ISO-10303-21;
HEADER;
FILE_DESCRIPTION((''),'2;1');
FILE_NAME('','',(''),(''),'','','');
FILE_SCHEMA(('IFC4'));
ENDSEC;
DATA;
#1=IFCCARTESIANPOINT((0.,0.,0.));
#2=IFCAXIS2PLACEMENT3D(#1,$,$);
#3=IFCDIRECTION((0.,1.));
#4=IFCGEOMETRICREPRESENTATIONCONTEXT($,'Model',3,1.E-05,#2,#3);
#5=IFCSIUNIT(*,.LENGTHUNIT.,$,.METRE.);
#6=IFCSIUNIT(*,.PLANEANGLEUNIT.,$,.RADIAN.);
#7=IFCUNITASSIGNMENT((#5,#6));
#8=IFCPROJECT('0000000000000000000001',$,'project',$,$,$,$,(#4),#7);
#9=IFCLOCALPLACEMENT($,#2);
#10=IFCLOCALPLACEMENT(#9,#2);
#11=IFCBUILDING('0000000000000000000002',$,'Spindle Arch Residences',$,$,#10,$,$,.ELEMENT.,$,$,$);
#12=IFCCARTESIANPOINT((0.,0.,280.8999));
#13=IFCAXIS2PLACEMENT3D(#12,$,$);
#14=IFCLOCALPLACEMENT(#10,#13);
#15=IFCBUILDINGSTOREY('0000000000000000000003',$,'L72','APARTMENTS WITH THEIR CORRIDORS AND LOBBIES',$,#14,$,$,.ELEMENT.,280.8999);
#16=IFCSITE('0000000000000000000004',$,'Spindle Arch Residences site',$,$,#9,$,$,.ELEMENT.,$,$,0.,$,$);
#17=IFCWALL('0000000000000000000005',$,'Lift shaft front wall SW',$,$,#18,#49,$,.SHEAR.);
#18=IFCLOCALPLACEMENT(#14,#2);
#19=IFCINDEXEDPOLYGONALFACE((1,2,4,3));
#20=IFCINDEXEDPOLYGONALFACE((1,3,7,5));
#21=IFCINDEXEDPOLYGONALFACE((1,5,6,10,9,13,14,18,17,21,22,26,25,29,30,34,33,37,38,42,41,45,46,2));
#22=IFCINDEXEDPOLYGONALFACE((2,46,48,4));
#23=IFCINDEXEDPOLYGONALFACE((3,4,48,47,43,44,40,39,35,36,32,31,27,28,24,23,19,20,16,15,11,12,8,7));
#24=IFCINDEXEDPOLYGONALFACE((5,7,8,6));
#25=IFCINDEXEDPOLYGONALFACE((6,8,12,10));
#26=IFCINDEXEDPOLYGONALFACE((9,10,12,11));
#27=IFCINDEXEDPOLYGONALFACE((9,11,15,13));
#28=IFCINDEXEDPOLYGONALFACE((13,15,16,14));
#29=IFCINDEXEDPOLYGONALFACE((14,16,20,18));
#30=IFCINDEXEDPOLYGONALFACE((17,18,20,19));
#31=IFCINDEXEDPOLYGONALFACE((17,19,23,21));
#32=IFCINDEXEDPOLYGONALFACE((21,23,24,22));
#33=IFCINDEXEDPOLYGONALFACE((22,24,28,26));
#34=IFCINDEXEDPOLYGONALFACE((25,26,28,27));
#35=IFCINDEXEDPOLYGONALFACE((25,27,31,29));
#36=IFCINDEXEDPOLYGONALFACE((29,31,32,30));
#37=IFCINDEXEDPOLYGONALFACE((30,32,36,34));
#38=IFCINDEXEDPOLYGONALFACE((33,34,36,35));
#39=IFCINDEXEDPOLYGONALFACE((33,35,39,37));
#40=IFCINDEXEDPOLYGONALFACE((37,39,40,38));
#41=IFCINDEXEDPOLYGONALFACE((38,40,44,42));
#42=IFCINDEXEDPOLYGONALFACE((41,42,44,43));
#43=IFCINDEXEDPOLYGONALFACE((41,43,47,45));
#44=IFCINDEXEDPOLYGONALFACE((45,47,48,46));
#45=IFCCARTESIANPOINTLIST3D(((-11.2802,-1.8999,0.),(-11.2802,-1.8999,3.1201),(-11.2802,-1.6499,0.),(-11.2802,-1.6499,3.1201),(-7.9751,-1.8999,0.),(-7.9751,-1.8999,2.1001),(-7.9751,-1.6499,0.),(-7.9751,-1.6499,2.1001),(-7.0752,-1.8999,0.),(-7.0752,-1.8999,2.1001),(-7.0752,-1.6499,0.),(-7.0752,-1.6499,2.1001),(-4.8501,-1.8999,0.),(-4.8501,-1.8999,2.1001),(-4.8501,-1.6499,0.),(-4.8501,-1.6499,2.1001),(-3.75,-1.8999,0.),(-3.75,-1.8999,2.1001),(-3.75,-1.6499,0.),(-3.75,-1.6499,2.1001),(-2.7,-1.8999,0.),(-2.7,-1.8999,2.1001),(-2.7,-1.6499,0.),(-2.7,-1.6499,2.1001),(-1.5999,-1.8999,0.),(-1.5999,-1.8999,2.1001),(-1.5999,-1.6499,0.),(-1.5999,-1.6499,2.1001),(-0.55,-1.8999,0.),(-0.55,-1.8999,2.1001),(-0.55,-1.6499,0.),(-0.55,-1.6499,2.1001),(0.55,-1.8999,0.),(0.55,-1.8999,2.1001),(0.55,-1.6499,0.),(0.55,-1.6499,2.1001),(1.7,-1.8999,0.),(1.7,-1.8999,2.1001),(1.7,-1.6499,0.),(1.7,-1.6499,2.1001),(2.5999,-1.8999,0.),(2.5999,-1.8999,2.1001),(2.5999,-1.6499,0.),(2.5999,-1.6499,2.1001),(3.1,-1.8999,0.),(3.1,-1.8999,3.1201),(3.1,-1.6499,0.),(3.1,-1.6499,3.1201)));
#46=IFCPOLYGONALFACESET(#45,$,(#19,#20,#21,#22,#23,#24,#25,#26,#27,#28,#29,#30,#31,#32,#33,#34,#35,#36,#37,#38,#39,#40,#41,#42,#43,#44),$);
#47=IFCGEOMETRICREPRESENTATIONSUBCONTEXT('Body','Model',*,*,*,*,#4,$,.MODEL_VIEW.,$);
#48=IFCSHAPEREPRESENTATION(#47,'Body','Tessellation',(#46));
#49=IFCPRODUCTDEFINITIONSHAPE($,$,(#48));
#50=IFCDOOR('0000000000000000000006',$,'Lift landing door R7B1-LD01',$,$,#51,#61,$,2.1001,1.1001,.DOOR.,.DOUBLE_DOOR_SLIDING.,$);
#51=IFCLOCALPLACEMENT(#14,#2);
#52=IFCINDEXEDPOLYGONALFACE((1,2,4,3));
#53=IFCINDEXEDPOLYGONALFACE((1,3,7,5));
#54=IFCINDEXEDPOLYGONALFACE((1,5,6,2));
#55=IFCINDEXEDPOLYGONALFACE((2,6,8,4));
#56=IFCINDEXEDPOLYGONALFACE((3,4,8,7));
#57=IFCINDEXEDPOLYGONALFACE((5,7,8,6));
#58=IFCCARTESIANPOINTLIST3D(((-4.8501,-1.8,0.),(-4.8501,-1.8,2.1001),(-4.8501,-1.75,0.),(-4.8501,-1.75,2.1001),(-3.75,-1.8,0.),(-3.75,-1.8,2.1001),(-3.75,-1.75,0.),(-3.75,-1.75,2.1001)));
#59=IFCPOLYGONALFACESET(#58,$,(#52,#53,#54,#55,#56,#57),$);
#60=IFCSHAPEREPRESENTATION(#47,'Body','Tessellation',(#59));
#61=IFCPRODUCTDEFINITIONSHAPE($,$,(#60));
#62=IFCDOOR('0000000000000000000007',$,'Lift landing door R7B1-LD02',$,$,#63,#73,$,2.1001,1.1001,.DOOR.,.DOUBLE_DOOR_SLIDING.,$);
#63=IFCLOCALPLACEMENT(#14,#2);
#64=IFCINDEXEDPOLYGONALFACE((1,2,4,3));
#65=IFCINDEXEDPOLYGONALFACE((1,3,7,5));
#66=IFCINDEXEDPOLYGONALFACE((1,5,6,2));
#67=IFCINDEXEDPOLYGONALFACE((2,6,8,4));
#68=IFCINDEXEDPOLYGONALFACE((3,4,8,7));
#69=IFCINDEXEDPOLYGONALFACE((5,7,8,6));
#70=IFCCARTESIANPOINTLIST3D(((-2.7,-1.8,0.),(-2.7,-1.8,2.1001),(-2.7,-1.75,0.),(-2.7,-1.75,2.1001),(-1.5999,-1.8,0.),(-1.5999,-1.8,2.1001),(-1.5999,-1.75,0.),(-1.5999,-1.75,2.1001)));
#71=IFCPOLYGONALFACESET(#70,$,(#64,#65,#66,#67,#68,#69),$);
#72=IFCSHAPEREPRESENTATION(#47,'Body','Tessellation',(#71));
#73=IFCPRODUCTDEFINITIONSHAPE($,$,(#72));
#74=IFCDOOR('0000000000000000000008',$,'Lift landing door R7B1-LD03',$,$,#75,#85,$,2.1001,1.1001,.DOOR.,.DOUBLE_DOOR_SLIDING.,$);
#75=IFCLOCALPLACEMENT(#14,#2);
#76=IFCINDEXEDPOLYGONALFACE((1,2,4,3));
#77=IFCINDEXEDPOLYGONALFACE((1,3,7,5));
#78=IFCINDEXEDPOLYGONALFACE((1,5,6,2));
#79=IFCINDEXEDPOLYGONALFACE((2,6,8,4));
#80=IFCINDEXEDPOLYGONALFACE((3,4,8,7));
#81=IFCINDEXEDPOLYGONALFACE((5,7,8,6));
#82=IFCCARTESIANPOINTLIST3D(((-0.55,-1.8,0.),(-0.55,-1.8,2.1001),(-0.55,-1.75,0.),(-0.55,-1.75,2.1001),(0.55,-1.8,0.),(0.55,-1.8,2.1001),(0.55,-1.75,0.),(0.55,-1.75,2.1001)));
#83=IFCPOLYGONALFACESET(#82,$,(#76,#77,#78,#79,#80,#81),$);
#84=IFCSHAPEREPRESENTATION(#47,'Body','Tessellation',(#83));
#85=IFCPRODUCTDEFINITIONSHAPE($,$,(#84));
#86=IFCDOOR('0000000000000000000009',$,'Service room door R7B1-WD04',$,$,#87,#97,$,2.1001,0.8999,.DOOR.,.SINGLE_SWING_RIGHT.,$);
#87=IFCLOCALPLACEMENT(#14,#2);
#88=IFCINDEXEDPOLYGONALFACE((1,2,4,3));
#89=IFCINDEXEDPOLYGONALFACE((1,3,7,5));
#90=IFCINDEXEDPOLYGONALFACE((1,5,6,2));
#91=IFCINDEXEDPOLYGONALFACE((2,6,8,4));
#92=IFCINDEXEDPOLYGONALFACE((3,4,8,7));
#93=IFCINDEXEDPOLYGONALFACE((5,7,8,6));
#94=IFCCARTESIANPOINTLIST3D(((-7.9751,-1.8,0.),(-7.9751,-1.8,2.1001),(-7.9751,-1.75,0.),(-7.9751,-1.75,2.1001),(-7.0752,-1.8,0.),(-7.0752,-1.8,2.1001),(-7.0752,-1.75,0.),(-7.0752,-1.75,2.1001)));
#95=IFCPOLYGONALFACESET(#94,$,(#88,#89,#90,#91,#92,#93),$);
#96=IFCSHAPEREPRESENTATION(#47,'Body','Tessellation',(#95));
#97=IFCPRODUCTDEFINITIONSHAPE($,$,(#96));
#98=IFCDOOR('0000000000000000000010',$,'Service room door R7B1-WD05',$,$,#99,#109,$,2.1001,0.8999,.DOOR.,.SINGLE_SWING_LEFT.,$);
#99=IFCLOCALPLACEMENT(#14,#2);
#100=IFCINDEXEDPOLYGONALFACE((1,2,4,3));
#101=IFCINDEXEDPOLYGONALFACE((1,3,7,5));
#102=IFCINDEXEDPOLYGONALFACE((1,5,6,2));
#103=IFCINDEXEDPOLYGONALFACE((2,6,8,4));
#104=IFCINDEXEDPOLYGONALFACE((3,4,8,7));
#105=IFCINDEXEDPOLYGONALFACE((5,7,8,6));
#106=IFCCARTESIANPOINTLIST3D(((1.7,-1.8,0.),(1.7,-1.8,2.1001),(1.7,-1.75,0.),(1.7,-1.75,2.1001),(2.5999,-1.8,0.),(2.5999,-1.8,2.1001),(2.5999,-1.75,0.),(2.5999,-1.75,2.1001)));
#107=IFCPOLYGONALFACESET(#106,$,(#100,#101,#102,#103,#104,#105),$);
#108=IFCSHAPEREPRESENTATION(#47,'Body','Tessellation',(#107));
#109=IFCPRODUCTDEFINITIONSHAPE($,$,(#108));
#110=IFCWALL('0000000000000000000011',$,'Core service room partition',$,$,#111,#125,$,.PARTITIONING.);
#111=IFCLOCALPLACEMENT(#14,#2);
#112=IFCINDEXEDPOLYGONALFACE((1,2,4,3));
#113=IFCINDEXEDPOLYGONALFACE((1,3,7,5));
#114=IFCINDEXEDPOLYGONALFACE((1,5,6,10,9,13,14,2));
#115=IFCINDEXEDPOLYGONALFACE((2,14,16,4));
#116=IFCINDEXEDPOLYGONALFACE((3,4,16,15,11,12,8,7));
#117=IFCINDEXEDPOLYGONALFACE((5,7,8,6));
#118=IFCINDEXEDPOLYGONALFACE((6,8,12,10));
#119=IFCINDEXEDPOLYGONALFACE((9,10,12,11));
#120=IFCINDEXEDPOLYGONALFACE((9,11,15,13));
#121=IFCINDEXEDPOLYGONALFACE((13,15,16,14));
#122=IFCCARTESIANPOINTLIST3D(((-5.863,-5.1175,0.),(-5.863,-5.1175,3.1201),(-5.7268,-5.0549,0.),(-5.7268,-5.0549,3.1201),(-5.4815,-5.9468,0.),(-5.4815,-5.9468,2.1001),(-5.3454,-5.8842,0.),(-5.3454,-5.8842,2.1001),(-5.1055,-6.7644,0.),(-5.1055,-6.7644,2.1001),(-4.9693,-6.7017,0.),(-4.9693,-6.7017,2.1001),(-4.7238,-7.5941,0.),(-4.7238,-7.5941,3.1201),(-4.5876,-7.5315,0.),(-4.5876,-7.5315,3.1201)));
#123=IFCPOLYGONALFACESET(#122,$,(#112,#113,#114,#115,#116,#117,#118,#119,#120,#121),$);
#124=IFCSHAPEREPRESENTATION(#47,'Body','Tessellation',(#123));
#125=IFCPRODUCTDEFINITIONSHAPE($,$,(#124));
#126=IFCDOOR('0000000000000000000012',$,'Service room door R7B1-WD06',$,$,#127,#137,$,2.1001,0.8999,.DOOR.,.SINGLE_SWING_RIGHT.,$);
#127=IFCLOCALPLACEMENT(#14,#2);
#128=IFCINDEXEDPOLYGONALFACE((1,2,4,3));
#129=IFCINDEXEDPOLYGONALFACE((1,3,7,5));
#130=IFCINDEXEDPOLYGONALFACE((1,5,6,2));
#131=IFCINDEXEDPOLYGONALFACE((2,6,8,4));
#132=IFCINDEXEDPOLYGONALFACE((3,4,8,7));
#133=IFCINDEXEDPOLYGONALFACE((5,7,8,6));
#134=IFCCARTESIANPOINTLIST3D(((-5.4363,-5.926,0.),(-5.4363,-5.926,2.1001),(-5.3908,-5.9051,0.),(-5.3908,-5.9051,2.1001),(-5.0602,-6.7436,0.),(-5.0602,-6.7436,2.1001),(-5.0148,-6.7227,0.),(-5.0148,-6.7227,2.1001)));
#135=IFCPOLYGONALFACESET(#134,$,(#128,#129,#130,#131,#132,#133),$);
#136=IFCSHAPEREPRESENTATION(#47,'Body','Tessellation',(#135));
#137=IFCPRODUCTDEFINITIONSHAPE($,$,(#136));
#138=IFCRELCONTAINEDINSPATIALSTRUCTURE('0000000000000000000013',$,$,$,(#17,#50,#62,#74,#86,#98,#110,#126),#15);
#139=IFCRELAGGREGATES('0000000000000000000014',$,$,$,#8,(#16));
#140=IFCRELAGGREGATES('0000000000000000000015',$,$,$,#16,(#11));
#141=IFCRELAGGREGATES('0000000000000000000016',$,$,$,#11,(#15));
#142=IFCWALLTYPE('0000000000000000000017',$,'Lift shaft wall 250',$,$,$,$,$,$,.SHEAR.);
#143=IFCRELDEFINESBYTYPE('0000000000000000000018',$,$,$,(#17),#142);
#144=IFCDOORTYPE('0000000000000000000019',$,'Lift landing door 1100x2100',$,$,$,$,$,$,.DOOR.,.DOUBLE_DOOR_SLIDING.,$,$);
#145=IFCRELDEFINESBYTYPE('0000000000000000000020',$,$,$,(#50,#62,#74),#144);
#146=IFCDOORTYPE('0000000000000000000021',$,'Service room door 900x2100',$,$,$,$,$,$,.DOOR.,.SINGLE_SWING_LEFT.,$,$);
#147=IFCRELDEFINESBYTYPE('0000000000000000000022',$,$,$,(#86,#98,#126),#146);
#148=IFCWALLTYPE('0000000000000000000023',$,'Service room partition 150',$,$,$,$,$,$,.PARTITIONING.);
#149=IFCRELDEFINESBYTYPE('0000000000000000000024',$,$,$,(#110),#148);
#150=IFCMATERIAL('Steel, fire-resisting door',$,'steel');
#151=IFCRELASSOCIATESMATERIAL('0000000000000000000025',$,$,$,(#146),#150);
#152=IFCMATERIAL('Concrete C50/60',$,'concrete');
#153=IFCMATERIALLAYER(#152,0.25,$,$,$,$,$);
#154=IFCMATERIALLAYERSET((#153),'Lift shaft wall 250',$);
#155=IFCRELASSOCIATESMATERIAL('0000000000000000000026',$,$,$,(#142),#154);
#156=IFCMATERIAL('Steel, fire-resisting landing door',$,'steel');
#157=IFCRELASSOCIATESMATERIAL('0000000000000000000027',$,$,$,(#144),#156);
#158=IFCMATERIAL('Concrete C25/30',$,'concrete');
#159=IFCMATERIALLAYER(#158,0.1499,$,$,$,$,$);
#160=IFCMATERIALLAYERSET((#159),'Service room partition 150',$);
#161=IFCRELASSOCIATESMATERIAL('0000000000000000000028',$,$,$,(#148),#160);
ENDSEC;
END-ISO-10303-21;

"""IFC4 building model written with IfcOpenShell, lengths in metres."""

from ifc_helpers import new_model, si_unit, direction, frame, frame_2d, origin, place, context, subcontext, project, spatial, rectangle, extrude, material, layer, layer_set, type_object, element, fill, save


model = new_model("IFC4")

# Units and contexts
model_context = context("Model", 3, precision=1e-05, world=origin(), true_north=direction((0.0, 1.0)))
body_context = subcontext(model_context, "Body", "Model", "MODEL_VIEW")
ifc_project = project(units=[si_unit("LENGTHUNIT", "METRE"), si_unit("PLANEANGLEUNIT", "RADIAN")], contexts=[model_context])

# Site, building, storey
site_placement = place(None, origin())
site = spatial("IfcSite", under=ifc_project, at=site_placement, Name="Spindle Arch Residences site", CompositionType="ELEMENT", RefElevation=0.0)
building_placement = place(site_placement, origin())
building = spatial("IfcBuilding", under=site, at=building_placement, Name="Spindle Arch Residences", CompositionType="ELEMENT")
storey_placement = place(building_placement, frame((0.0, 0.0, 280.8999)))
storey = spatial("IfcBuildingStorey", under=building, at=storey_placement, Name="L72", Description="APARTMENTS WITH THEIR CORRIDORS AND LOBBIES", CompositionType="ELEMENT", Elevation=280.8999)

# Shared definitions
ifc_material_1 = material(Name="Steel, fire-resisting door", Category="steel")
door_type_1 = type_object("IfcDoorType", Name="Service room door 900x2100", OperationType="SINGLE_SWING_LEFT", PredefinedType="DOOR", material=ifc_material_1)

# Wall, openings, doors
ifc_material_2 = material(Name="Concrete C50/60", Category="concrete")
ifc_layer_1 = layer(ifc_material_2, 0.25)
ifc_layer_set_1 = layer_set([ifc_layer_1], Name="Lift shaft wall 250")
wall_type_1 = type_object("IfcWallType", Name="Lift shaft wall 250", PredefinedType="SHEAR", material=ifc_layer_set_1)
wall_1_placement = place(storey_placement, frame((-11.28, -1.7749, 0.0), z_axis=(0.0, 0.0, 1.0), x_axis=(1.0, 0.0, 0.0)))
wall_1 = element("IfcWall", 1, at=wall_1_placement, inside=storey, type_object=wall_type_1, Name="Lift shaft front wall SW", PredefinedType="SHEAR", context=body_context, shape_type="SweptSolid", body=[
    extrude(rectangle(XDim=14.3801, YDim=0.25, at=frame_2d((7.1899, 0.0))), origin(), (0.0, 0.0, 1.0), 3.1201),
])
opening_1_placement = place(wall_1_placement, frame((6.4299, 0.0, 0.0)))
opening_1 = element("IfcOpeningElement", 2, at=opening_1_placement, cuts=wall_1, PredefinedType="OPENING", context=body_context, shape_type="SweptSolid", body=[
    extrude(rectangle(XDim=1.1001, YDim=2.1001, at=frame_2d((0.55, 1.05))), frame((0.0, 0.135, 0.0), z_axis=(0.0, -1.0, 0.0), x_axis=(1.0, 0.0, 0.0)), (0.0, 0.0, 1.0), 0.27),
])
opening_2_placement = place(wall_1_placement, frame((8.5801, 0.0, 0.0)))
opening_2 = element("IfcOpeningElement", 3, at=opening_2_placement, cuts=wall_1, PredefinedType="OPENING", context=body_context, shape_type="SweptSolid", body=[
    extrude(rectangle(XDim=1.1001, YDim=2.1001, at=frame_2d((0.55, 1.05))), frame((0.0, 0.135, 0.0), z_axis=(0.0, -1.0, 0.0), x_axis=(1.0, 0.0, 0.0)), (0.0, 0.0, 1.0), 0.27),
])
opening_3_placement = place(wall_1_placement, frame((10.73, 0.0, 0.0)))
opening_3 = element("IfcOpeningElement", 4, at=opening_3_placement, cuts=wall_1, PredefinedType="OPENING", context=body_context, shape_type="SweptSolid", body=[
    extrude(rectangle(XDim=1.1001, YDim=2.1001, at=frame_2d((0.55, 1.05))), frame((0.0, 0.135, 0.0), z_axis=(0.0, -1.0, 0.0), x_axis=(1.0, 0.0, 0.0)), (0.0, 0.0, 1.0), 0.27),
])
opening_4_placement = place(wall_1_placement, frame((3.3049, 0.0, 0.0)))
opening_4 = element("IfcOpeningElement", 5, at=opening_4_placement, cuts=wall_1, PredefinedType="OPENING", context=body_context, shape_type="SweptSolid", body=[
    extrude(rectangle(XDim=0.8999, YDim=2.1001, at=frame_2d((0.45, 1.05))), frame((0.0, 0.135, 0.0), z_axis=(0.0, -1.0, 0.0), x_axis=(1.0, 0.0, 0.0)), (0.0, 0.0, 1.0), 0.27),
])
opening_5_placement = place(wall_1_placement, frame((12.98, 0.0, 0.0)))
opening_5 = element("IfcOpeningElement", 6, at=opening_5_placement, cuts=wall_1, PredefinedType="OPENING", context=body_context, shape_type="SweptSolid", body=[
    extrude(rectangle(XDim=0.8999, YDim=2.1001, at=frame_2d((0.45, 1.05))), frame((0.0, 0.135, 0.0), z_axis=(0.0, -1.0, 0.0), x_axis=(1.0, 0.0, 0.0)), (0.0, 0.0, 1.0), 0.27),
])
ifc_material_3 = material(Name="Steel, fire-resisting landing door", Category="steel")
door_type_2 = type_object("IfcDoorType", Name="Lift landing door 1100x2100", OperationType="DOUBLE_DOOR_SLIDING", PredefinedType="DOOR", material=ifc_material_3)
door_1_placement = place(opening_1_placement, origin())
door_1 = element("IfcDoor", 7, at=door_1_placement, inside=storey, type_object=door_type_2, Name="Lift landing door R7B1-LD01", OperationType="DOUBLE_DOOR_SLIDING", OverallHeight=2.1001, OverallWidth=1.1001, PredefinedType="DOOR", context=body_context, shape_type="SweptSolid", body=[
    extrude(rectangle(XDim=1.1001, YDim=2.1001, at=frame_2d((0.55, 1.05))), frame((0.0, 0.0249, 0.0), z_axis=(0.0, -1.0, 0.0), x_axis=(1.0, 0.0, 0.0)), (0.0, 0.0, 1.0), 0.05),
])
fill(opening_1, door_1)
door_2_placement = place(opening_2_placement, origin())
door_2 = element("IfcDoor", 8, at=door_2_placement, inside=storey, type_object=door_type_2, Name="Lift landing door R7B1-LD02", OperationType="DOUBLE_DOOR_SLIDING", OverallHeight=2.1001, OverallWidth=1.1001, PredefinedType="DOOR", context=body_context, shape_type="SweptSolid", body=[
    extrude(rectangle(XDim=1.1001, YDim=2.1001, at=frame_2d((0.55, 1.05))), frame((0.0, 0.0249, 0.0), z_axis=(0.0, -1.0, 0.0), x_axis=(1.0, 0.0, 0.0)), (0.0, 0.0, 1.0), 0.05),
])
fill(opening_2, door_2)
door_3_placement = place(opening_3_placement, origin())
door_3 = element("IfcDoor", 9, at=door_3_placement, inside=storey, type_object=door_type_2, Name="Lift landing door R7B1-LD03", OperationType="DOUBLE_DOOR_SLIDING", OverallHeight=2.1001, OverallWidth=1.1001, PredefinedType="DOOR", context=body_context, shape_type="SweptSolid", body=[
    extrude(rectangle(XDim=1.1001, YDim=2.1001, at=frame_2d((0.55, 1.05))), frame((0.0, 0.0249, 0.0), z_axis=(0.0, -1.0, 0.0), x_axis=(1.0, 0.0, 0.0)), (0.0, 0.0, 1.0), 0.05),
])
fill(opening_3, door_3)
door_4_placement = place(opening_4_placement, origin())
door_4 = element("IfcDoor", 10, at=door_4_placement, inside=storey, type_object=door_type_1, Name="Service room door R7B1-WD04", OperationType="SINGLE_SWING_RIGHT", OverallHeight=2.1001, OverallWidth=0.8999, PredefinedType="DOOR", context=body_context, shape_type="SweptSolid", body=[
    extrude(rectangle(XDim=0.8999, YDim=2.1001, at=frame_2d((0.45, 1.05))), frame((0.0, 0.0249, 0.0), z_axis=(0.0, -1.0, 0.0), x_axis=(1.0, 0.0, 0.0)), (0.0, 0.0, 1.0), 0.05),
])
fill(opening_4, door_4)
door_5_placement = place(opening_5_placement, origin())
door_5 = element("IfcDoor", 11, at=door_5_placement, inside=storey, type_object=door_type_1, Name="Service room door R7B1-WD05", OperationType="SINGLE_SWING_LEFT", OverallHeight=2.1001, OverallWidth=0.8999, PredefinedType="DOOR", context=body_context, shape_type="SweptSolid", body=[
    extrude(rectangle(XDim=0.8999, YDim=2.1001, at=frame_2d((0.45, 1.05))), frame((0.0, 0.0249, 0.0), z_axis=(0.0, -1.0, 0.0), x_axis=(1.0, 0.0, 0.0)), (0.0, 0.0, 1.0), 0.05),
])
fill(opening_5, door_5)

# Wall, opening, door
ifc_material_4 = material(Name="Concrete C25/30", Category="concrete")
ifc_layer_2 = layer(ifc_material_4, 0.1499)
ifc_layer_set_2 = layer_set([ifc_layer_2], Name="Service room partition 150")
wall_type_2 = type_object("IfcWallType", Name="Service room partition 150", PredefinedType="PARTITIONING", material=ifc_layer_set_2)
wall_2_placement = place(storey_placement, frame((-5.7949, -5.0862, 0.0), z_axis=(0.0, 0.0, 1.0), x_axis=(0.417888, -0.908499, 0.0)))
wall_2 = element("IfcWall", 12, at=wall_2_placement, inside=storey, type_object=wall_type_2, Name="Core service room partition", PredefinedType="PARTITIONING", context=body_context, shape_type="SweptSolid", body=[
    extrude(rectangle(XDim=2.7261, YDim=0.1499, at=frame_2d((1.363, 0.0))), origin(), (0.0, 0.0, 1.0), 3.1201),
])
opening_6_placement = place(wall_2_placement, frame((0.9128, 0.0, 0.0)))
opening_6 = element("IfcOpeningElement", 13, at=opening_6_placement, cuts=wall_2, PredefinedType="OPENING", context=body_context, shape_type="SweptSolid", body=[
    extrude(rectangle(XDim=0.8999, YDim=2.1001, at=frame_2d((0.45, 1.05))), frame((0.0, 0.085, 0.0), z_axis=(0.0, -1.0, 0.0), x_axis=(1.0, 0.0, 0.0)), (0.0, 0.0, 1.0), 0.1699),
])
door_6_placement = place(opening_6_placement, origin())
door_6 = element("IfcDoor", 14, at=door_6_placement, inside=storey, type_object=door_type_1, Name="Service room door R7B1-WD06", OperationType="SINGLE_SWING_RIGHT", OverallHeight=2.1001, OverallWidth=0.8999, PredefinedType="DOOR", context=body_context, shape_type="SweptSolid", body=[
    extrude(rectangle(XDim=0.8999, YDim=2.1001, at=frame_2d((0.45, 1.05))), frame((0.0, 0.0249, 0.0), z_axis=(0.0, -1.0, 0.0), x_axis=(1.0, 0.0, 0.0)), (0.0, 0.0, 1.0), 0.05),
])
fill(opening_6, door_6)

save(model, "model.ifc")
